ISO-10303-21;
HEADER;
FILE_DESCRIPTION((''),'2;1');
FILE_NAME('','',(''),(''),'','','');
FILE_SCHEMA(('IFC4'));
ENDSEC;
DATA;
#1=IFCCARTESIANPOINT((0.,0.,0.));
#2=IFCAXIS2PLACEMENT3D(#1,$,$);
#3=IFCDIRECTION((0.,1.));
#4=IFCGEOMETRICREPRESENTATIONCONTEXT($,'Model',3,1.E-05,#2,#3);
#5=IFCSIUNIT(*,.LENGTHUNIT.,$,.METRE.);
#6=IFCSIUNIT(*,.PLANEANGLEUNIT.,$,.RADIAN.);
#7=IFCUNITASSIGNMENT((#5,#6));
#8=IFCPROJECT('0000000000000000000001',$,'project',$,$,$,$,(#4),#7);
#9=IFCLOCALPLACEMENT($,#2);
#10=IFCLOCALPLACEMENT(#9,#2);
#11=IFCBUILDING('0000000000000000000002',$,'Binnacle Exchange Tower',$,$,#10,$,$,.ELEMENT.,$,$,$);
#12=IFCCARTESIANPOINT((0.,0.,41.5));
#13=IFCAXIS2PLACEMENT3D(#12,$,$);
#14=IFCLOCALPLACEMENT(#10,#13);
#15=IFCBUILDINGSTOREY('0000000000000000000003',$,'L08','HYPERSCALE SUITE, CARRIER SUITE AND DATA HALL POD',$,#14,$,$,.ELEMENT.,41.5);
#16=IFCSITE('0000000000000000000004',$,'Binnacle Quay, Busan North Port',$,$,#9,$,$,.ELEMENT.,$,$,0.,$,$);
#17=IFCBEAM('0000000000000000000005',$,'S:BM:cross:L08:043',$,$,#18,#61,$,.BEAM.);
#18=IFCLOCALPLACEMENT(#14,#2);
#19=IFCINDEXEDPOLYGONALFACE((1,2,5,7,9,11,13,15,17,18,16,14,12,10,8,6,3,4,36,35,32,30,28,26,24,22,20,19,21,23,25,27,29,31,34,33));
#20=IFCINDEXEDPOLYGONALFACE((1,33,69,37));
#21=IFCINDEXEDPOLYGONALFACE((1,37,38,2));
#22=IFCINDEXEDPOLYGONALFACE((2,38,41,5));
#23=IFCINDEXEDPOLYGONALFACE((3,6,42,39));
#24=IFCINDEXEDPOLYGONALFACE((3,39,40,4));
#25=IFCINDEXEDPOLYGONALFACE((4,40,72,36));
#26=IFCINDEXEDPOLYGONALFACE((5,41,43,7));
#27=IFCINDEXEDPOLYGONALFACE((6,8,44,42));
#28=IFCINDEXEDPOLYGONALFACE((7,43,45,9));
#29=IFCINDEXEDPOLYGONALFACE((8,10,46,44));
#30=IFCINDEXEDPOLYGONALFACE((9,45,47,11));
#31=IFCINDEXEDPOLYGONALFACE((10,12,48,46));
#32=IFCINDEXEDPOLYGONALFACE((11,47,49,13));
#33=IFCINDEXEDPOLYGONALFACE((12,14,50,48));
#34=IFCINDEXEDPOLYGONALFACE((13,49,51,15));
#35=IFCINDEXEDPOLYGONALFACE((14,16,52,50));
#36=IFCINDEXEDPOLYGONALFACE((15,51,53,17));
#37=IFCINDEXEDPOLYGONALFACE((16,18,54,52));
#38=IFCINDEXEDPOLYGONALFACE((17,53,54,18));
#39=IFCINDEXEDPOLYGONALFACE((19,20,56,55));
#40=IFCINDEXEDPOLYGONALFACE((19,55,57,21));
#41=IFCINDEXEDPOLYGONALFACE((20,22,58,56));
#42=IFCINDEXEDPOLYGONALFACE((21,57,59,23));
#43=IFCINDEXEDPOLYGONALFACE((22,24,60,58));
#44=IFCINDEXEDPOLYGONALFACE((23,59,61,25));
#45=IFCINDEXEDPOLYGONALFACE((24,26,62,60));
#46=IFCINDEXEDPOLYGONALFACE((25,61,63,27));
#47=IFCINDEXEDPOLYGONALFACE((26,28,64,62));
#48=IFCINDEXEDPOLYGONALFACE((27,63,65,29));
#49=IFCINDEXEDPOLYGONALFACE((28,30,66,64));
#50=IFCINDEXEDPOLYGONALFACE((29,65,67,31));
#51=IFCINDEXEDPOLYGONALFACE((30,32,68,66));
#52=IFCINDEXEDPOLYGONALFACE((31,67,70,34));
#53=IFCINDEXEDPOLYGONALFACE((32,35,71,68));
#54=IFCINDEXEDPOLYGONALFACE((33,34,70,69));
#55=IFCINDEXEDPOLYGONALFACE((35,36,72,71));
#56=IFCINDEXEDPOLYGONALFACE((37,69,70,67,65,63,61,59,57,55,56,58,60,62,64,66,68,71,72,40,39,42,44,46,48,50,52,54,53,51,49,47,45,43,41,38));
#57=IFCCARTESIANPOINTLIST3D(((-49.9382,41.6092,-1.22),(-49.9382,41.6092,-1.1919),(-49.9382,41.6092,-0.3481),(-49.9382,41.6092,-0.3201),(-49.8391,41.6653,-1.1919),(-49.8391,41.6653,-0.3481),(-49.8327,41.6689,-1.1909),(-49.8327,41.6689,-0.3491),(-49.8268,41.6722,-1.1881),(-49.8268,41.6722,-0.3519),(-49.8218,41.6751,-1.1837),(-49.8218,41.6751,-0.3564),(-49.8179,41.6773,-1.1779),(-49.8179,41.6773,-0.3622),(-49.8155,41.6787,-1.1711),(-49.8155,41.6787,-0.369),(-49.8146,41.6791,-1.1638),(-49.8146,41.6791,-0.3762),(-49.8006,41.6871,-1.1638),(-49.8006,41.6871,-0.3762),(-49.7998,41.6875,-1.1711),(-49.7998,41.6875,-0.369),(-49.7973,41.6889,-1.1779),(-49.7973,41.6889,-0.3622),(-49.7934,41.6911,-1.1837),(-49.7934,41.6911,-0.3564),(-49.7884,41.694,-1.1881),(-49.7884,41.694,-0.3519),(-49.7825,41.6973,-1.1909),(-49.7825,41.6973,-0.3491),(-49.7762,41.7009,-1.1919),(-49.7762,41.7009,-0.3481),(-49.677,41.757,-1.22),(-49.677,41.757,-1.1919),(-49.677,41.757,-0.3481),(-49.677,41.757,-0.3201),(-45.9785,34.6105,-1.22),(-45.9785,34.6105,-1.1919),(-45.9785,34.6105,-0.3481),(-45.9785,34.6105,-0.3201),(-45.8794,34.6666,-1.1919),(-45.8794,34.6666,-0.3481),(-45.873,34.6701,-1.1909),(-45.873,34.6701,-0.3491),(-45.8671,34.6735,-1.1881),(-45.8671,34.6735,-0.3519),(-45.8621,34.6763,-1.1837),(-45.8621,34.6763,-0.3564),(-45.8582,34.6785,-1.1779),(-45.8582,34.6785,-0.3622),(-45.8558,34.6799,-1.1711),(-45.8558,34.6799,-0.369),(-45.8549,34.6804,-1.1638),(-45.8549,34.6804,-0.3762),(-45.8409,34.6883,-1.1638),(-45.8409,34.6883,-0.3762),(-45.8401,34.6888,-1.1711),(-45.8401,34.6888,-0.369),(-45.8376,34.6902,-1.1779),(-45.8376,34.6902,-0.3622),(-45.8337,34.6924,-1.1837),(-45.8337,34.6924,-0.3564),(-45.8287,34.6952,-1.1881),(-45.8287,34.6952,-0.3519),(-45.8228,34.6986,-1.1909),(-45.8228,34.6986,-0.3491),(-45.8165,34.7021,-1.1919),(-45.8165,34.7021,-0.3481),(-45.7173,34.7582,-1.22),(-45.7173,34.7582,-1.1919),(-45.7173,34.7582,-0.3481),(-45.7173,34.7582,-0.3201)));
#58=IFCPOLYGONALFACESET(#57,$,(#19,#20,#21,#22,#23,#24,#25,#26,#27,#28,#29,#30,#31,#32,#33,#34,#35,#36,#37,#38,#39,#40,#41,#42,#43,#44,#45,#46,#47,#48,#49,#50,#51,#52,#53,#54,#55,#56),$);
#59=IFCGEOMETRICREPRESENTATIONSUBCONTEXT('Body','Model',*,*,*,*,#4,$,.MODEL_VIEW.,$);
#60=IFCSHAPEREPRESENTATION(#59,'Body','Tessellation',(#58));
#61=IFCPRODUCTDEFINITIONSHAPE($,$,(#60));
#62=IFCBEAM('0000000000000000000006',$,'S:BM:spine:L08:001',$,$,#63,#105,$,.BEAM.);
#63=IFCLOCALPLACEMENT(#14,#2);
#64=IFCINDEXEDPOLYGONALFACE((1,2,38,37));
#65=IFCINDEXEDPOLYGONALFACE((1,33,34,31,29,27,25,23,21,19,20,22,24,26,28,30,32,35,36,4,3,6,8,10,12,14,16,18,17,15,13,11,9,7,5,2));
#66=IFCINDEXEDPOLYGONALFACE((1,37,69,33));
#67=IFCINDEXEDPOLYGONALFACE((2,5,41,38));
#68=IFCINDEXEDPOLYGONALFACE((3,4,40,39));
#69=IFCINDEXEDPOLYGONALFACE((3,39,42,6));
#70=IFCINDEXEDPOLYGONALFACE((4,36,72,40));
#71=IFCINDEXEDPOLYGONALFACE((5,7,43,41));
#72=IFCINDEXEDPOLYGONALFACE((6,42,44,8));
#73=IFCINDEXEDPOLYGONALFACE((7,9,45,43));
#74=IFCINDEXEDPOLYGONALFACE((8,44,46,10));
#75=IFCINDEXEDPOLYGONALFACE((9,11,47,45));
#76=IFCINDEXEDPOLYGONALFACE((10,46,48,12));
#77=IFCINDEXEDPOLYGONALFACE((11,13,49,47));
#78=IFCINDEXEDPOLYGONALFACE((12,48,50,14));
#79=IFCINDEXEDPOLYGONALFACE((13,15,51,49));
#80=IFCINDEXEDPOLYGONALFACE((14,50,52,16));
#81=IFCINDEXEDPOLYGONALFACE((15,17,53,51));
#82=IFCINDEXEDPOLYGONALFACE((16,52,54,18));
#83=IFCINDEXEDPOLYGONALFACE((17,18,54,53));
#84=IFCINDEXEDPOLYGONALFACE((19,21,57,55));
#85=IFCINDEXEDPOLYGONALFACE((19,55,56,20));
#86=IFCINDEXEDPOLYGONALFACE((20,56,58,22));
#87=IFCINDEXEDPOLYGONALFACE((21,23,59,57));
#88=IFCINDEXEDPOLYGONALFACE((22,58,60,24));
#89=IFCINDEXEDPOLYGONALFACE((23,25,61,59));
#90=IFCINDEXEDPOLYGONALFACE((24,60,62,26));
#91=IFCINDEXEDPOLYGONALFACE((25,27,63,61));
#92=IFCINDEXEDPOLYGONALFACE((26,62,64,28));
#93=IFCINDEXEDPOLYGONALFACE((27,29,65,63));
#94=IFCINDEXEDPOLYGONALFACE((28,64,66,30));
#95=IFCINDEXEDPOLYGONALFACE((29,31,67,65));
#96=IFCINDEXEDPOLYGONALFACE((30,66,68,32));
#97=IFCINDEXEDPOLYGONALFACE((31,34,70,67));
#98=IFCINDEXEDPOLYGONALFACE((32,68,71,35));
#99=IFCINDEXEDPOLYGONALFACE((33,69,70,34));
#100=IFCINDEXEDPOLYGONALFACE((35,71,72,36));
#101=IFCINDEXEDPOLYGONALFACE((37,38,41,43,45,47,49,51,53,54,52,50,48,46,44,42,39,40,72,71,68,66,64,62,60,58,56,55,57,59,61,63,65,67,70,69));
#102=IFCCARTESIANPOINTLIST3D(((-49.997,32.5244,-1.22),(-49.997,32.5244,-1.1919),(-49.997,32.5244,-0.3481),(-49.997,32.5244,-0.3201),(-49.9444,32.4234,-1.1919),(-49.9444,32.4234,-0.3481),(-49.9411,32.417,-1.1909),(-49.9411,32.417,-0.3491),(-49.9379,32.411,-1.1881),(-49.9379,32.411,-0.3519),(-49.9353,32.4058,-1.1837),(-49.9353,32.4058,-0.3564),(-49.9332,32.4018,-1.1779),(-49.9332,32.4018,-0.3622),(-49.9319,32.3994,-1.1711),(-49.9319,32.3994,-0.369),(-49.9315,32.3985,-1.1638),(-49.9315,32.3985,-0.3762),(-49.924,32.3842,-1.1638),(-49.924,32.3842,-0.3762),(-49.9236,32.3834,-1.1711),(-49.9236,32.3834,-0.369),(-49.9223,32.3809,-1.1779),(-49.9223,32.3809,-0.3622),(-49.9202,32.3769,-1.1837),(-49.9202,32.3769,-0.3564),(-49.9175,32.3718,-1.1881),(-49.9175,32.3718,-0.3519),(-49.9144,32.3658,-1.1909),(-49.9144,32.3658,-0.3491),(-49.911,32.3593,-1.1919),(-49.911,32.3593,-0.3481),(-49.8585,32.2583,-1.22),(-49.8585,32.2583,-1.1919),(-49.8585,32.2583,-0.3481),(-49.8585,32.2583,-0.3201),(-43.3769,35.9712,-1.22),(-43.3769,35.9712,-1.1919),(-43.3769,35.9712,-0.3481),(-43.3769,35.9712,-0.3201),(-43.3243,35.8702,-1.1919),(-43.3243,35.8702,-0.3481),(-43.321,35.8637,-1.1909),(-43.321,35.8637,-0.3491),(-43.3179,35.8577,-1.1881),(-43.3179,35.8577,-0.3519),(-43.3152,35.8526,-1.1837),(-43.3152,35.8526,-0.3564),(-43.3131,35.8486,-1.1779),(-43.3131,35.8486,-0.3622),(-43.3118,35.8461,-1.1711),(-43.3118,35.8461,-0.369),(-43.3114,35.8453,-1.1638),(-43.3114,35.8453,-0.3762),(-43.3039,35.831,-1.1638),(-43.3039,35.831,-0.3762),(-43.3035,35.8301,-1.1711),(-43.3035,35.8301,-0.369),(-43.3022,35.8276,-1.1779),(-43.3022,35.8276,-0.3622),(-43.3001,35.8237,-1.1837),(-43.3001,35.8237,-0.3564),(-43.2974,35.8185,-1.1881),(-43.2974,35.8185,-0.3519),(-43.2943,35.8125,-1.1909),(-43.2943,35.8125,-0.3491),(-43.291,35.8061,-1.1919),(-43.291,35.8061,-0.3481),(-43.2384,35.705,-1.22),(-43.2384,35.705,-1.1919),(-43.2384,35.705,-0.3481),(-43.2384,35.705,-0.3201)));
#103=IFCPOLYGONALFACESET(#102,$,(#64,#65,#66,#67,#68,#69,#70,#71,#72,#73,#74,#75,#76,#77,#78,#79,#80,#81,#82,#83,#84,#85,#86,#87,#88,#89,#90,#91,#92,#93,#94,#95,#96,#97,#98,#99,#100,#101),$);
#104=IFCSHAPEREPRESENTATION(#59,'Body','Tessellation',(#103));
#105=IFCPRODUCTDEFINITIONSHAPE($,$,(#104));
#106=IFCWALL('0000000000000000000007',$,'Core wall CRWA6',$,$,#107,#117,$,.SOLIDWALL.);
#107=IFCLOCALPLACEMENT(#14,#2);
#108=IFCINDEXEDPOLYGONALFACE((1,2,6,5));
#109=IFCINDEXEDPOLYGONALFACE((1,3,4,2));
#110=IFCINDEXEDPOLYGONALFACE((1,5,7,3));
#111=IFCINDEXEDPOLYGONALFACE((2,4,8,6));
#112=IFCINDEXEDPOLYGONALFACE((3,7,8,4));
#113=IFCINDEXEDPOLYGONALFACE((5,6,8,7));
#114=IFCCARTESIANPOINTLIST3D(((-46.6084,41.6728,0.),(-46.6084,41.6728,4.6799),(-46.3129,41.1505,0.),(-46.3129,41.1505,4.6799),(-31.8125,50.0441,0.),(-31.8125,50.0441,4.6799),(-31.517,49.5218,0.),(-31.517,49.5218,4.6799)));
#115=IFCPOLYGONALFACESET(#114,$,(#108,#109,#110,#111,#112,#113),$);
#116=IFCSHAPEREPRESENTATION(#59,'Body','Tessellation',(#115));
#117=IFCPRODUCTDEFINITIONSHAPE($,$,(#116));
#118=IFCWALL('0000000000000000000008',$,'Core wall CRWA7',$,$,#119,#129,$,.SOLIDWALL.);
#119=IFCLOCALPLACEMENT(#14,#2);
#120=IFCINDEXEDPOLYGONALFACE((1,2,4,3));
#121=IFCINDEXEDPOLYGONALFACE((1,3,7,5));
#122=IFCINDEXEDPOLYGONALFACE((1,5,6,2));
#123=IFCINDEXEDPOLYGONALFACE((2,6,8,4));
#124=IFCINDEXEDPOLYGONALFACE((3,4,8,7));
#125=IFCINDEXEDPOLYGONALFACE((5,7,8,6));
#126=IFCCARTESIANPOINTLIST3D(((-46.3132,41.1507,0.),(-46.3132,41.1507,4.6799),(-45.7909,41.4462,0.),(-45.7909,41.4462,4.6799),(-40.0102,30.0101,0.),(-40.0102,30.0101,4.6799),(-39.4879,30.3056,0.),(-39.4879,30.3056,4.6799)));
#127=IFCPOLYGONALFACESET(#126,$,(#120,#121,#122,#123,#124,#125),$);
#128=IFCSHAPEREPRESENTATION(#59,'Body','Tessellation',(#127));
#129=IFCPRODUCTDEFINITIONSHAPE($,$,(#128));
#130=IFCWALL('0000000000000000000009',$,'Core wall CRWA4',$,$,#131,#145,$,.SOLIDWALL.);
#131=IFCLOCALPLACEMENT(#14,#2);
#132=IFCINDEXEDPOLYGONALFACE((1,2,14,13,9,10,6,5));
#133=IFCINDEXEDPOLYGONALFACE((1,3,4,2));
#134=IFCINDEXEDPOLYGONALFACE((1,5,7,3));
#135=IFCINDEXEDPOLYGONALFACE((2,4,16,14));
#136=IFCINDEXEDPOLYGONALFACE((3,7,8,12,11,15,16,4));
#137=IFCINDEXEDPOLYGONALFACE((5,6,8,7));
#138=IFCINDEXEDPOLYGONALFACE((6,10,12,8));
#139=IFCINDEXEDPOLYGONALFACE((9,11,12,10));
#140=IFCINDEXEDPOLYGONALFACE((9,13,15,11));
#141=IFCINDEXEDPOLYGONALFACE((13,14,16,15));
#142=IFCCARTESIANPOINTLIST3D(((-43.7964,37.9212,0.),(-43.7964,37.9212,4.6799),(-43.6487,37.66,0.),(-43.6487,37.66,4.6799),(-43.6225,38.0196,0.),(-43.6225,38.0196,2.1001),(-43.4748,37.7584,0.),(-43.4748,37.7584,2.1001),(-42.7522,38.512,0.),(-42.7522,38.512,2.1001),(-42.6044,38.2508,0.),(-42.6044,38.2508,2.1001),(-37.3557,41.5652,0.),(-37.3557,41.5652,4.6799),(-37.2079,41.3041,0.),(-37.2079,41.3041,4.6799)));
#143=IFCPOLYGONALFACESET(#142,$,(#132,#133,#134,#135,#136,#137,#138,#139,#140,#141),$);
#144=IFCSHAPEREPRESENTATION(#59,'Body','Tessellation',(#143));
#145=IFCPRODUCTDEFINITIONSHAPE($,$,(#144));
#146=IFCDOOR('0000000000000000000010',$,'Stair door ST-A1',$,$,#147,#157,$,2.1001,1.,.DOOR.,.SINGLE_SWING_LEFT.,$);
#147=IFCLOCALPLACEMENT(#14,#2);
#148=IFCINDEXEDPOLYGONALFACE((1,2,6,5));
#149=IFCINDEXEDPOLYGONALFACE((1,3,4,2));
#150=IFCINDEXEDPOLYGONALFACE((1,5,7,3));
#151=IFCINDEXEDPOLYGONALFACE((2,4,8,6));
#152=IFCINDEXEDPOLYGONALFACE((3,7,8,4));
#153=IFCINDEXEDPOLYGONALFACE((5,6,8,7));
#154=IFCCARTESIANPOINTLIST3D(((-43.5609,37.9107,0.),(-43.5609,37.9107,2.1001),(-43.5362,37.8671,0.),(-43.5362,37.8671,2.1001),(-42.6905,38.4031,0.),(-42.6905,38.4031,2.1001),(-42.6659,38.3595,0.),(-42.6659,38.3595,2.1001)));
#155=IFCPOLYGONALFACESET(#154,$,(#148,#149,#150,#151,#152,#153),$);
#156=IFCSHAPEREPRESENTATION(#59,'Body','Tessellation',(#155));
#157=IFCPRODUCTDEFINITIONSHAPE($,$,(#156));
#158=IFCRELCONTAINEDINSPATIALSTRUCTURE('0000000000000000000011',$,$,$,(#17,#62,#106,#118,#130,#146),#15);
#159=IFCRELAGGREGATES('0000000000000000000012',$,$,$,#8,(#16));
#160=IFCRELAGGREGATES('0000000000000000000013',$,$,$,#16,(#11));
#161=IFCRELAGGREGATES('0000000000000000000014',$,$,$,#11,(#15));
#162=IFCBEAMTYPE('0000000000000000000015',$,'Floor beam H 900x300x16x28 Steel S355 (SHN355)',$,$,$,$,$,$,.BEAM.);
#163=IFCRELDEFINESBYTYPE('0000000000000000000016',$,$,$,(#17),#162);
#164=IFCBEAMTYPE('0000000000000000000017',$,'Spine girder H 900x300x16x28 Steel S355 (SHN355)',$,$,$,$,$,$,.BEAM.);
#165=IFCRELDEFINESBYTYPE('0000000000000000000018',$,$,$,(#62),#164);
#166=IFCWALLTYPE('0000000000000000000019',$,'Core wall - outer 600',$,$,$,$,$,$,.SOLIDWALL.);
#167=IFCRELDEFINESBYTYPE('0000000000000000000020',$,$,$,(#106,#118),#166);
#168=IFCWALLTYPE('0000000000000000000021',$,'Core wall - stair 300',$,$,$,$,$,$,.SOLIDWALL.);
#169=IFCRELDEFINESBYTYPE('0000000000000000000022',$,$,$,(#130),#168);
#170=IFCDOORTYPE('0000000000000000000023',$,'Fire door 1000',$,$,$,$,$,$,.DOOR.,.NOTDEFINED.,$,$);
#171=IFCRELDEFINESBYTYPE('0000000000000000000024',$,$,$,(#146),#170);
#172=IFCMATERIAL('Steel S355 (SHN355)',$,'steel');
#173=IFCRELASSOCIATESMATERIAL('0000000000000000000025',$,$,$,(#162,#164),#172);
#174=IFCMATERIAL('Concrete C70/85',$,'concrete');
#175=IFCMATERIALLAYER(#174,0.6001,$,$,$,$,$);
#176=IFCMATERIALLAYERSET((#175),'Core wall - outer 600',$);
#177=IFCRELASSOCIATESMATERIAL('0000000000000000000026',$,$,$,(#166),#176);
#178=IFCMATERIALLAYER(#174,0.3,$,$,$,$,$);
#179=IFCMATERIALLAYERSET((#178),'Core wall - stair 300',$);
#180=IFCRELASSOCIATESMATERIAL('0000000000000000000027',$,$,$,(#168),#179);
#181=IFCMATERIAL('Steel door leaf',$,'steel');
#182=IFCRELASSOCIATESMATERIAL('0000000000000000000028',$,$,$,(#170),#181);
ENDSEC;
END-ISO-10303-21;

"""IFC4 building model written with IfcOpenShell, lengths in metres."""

from ifc_helpers import new_model, si_unit, direction, frame, frame_2d, origin, origin_2d, place, context, subcontext, project, spatial, rectangle, i_section, extrude, material, layer, layer_set, material_profile, profile_set, type_object, element, fill, save


model = new_model("IFC4")

# Units and contexts
model_context = context("Model", 3, precision=1e-05, world=origin(), true_north=direction((0.0, 1.0)))
body_context = subcontext(model_context, "Body", "Model", "MODEL_VIEW")
ifc_project = project(units=[si_unit("LENGTHUNIT", "METRE"), si_unit("PLANEANGLEUNIT", "RADIAN")], contexts=[model_context])

# Site, building, storey
site_placement = place(None, origin())
site = spatial("IfcSite", under=ifc_project, at=site_placement, Name="Binnacle Quay, Busan North Port", CompositionType="ELEMENT", RefElevation=0.0)
building_placement = place(site_placement, origin())
building = spatial("IfcBuilding", under=site, at=building_placement, Name="Binnacle Exchange Tower", CompositionType="ELEMENT")
storey_placement = place(building_placement, frame((0.0, 0.0, 41.5)))
storey = spatial("IfcBuildingStorey", under=building, at=storey_placement, Name="L08", Description="HYPERSCALE SUITE, CARRIER SUITE AND DATA HALL POD", CompositionType="ELEMENT", Elevation=41.5)

# Shared definitions
ifc_material_1 = material(Name="Concrete C70/85", Category="concrete")

# Beams
ifc_material_2 = material(Name="Steel S355 (SHN355)", Category="steel")
ifc_material_profile_1 = material_profile(ifc_material_2, i_section(OverallWidth=0.3, OverallDepth=0.8999, WebThickness=0.0161, FlangeThickness=0.0281, FilletRadius=0.0281, at=origin_2d()), Name="H 900x300x16x28")
ifc_profile_set_1 = profile_set([ifc_material_profile_1], Name="Steel S355 (SHN355)")
beam_type_1 = type_object("IfcBeamType", Name="Floor beam H 900x300x16x28 Steel S355 (SHN355)", PredefinedType="BEAM", material=ifc_profile_set_1)
beam_1_placement = place(storey_placement, frame((-49.8076, 41.6831, -0.77), z_axis=(0.492423, -0.870356, 0.0), x_axis=(0.870356, 0.492423, 0.0)))
element("IfcBeam", 1, at=beam_1_placement, inside=storey, type_object=beam_type_1, Name="S:BM:cross:L08:043", PredefinedType="BEAM", context=body_context, shape_type="SweptSolid", body=[
    extrude(i_section(OverallWidth=0.3, OverallDepth=0.8999, WebThickness=0.0161, FlangeThickness=0.0281, FilletRadius=0.0281, at=origin_2d()), origin(), (0.0, 0.0, 1.0), 8.0413),
])
ifc_material_profile_2 = material_profile(ifc_material_2, i_section(OverallWidth=0.3, OverallDepth=0.8999, WebThickness=0.0161, FlangeThickness=0.0281, FilletRadius=0.0281, at=origin_2d()), Name="H 900x300x16x28")
ifc_profile_set_2 = profile_set([ifc_material_profile_2], Name="Steel S355 (SHN355)")
beam_type_2 = type_object("IfcBeamType", Name="Spine girder H 900x300x16x28 Steel S355 (SHN355)", PredefinedType="BEAM", material=ifc_profile_set_2)
beam_2_placement = place(storey_placement, frame((-49.9277, 32.3914, -0.77), z_axis=(0.88698, 0.461808, 0.0), x_axis=(-0.461808, 0.88698, 0.0)))
element("IfcBeam", 2, at=beam_2_placement, inside=storey, type_object=beam_type_2, Name="S:BM:spine:L08:001", PredefinedType="BEAM", context=body_context, shape_type="SweptSolid", body=[
    extrude(i_section(OverallWidth=0.3, OverallDepth=0.8999, WebThickness=0.0161, FlangeThickness=0.0281, FilletRadius=0.0281, at=origin_2d()), origin(), (0.0, 0.0, 1.0), 7.4636),
])

# Walls
ifc_layer_1 = layer(ifc_material_1, 0.6001)
ifc_layer_set_1 = layer_set([ifc_layer_1], Name="Core wall - outer 600")
wall_type_1 = type_object("IfcWallType", Name="Core wall - outer 600", PredefinedType="SOLIDWALL", material=ifc_layer_set_1)
wall_1_placement = place(storey_placement, frame((-46.4607, 41.4116, 0.0), z_axis=(0.0, 0.0, 1.0), x_axis=(0.87035, 0.492433, 0.0)))
element("IfcWall", 3, at=wall_1_placement, inside=storey, type_object=wall_type_1, Name="Core wall CRWA6", PredefinedType="SOLIDWALL", context=body_context, shape_type="SweptSolid", body=[
    extrude(rectangle(XDim=17.0, YDim=0.6001, at=frame_2d((8.5, 0.0))), origin(), (0.0, 0.0, 1.0), 4.6799),
])
wall_2_placement = place(storey_placement, frame((-46.052, 41.2983, 0.0), z_axis=(0.0, 0.0, 1.0), x_axis=(0.492419, -0.870359, 0.0)))
element("IfcWall", 4, at=wall_2_placement, inside=storey, type_object=wall_type_1, Name="Core wall CRWA7", PredefinedType="SOLIDWALL", context=body_context, shape_type="SweptSolid", body=[
    extrude(rectangle(XDim=12.8, YDim=0.6001, at=frame_2d((6.3999, 0.0))), origin(), (0.0, 0.0, 1.0), 4.6799),
])

# Wall, opening, door
ifc_layer_2 = layer(ifc_material_1, 0.3)
ifc_layer_set_2 = layer_set([ifc_layer_2], Name="Core wall - stair 300")
wall_type_2 = type_object("IfcWallType", Name="Core wall - stair 300", PredefinedType="SOLIDWALL", material=ifc_layer_set_2)
wall_3_placement = place(storey_placement, frame((-43.7227, 37.7905, 0.0), z_axis=(0.0, 0.0, 1.0), x_axis=(0.870351, 0.492432, 0.0)))
wall_3 = element("IfcWall", 5, at=wall_3_placement, inside=storey, type_object=wall_type_2, Name="Core wall CRWA4", PredefinedType="SOLIDWALL", context=body_context, shape_type="SweptSolid", body=[
    extrude(rectangle(XDim=7.4001, YDim=0.3, at=frame_2d((3.7002, 0.0))), origin(), (0.0, 0.0, 1.0), 4.6799),
])
opening_1_placement = place(wall_3_placement, frame((0.2, 0.0, 0.0)))
opening_1 = element("IfcOpeningElement", 6, at=opening_1_placement, cuts=wall_3, PredefinedType="OPENING", context=body_context, shape_type="SweptSolid", body=[
    extrude(rectangle(XDim=1.0, YDim=2.1001, at=frame_2d((0.5, 1.05))), frame((0.0, 0.1599, 0.0), z_axis=(0.0, -1.0, 0.0), x_axis=(1.0, 0.0, 0.0)), (0.0, 0.0, 1.0), 0.3201),
])
ifc_material_3 = material(Name="Steel door leaf", Category="steel")
door_type = type_object("IfcDoorType", Name="Fire door 1000", OperationType="NOTDEFINED", PredefinedType="DOOR", material=ifc_material_3)
door_placement = place(opening_1_placement, origin())
door = element("IfcDoor", 7, at=door_placement, inside=storey, type_object=door_type, Name="Stair door ST-A1", OperationType="SINGLE_SWING_LEFT", OverallHeight=2.1001, OverallWidth=1.0, PredefinedType="DOOR", context=body_context, shape_type="SweptSolid", body=[
    extrude(rectangle(XDim=1.0, YDim=2.1001, at=frame_2d((0.5, 1.05))), frame((0.0, 0.0249, 0.0), z_axis=(0.0, -1.0, 0.0), x_axis=(1.0, 0.0, 0.0)), (0.0, 0.0, 1.0), 0.05),
])
fill(opening_1, door)

save(model, "model.ifc")
